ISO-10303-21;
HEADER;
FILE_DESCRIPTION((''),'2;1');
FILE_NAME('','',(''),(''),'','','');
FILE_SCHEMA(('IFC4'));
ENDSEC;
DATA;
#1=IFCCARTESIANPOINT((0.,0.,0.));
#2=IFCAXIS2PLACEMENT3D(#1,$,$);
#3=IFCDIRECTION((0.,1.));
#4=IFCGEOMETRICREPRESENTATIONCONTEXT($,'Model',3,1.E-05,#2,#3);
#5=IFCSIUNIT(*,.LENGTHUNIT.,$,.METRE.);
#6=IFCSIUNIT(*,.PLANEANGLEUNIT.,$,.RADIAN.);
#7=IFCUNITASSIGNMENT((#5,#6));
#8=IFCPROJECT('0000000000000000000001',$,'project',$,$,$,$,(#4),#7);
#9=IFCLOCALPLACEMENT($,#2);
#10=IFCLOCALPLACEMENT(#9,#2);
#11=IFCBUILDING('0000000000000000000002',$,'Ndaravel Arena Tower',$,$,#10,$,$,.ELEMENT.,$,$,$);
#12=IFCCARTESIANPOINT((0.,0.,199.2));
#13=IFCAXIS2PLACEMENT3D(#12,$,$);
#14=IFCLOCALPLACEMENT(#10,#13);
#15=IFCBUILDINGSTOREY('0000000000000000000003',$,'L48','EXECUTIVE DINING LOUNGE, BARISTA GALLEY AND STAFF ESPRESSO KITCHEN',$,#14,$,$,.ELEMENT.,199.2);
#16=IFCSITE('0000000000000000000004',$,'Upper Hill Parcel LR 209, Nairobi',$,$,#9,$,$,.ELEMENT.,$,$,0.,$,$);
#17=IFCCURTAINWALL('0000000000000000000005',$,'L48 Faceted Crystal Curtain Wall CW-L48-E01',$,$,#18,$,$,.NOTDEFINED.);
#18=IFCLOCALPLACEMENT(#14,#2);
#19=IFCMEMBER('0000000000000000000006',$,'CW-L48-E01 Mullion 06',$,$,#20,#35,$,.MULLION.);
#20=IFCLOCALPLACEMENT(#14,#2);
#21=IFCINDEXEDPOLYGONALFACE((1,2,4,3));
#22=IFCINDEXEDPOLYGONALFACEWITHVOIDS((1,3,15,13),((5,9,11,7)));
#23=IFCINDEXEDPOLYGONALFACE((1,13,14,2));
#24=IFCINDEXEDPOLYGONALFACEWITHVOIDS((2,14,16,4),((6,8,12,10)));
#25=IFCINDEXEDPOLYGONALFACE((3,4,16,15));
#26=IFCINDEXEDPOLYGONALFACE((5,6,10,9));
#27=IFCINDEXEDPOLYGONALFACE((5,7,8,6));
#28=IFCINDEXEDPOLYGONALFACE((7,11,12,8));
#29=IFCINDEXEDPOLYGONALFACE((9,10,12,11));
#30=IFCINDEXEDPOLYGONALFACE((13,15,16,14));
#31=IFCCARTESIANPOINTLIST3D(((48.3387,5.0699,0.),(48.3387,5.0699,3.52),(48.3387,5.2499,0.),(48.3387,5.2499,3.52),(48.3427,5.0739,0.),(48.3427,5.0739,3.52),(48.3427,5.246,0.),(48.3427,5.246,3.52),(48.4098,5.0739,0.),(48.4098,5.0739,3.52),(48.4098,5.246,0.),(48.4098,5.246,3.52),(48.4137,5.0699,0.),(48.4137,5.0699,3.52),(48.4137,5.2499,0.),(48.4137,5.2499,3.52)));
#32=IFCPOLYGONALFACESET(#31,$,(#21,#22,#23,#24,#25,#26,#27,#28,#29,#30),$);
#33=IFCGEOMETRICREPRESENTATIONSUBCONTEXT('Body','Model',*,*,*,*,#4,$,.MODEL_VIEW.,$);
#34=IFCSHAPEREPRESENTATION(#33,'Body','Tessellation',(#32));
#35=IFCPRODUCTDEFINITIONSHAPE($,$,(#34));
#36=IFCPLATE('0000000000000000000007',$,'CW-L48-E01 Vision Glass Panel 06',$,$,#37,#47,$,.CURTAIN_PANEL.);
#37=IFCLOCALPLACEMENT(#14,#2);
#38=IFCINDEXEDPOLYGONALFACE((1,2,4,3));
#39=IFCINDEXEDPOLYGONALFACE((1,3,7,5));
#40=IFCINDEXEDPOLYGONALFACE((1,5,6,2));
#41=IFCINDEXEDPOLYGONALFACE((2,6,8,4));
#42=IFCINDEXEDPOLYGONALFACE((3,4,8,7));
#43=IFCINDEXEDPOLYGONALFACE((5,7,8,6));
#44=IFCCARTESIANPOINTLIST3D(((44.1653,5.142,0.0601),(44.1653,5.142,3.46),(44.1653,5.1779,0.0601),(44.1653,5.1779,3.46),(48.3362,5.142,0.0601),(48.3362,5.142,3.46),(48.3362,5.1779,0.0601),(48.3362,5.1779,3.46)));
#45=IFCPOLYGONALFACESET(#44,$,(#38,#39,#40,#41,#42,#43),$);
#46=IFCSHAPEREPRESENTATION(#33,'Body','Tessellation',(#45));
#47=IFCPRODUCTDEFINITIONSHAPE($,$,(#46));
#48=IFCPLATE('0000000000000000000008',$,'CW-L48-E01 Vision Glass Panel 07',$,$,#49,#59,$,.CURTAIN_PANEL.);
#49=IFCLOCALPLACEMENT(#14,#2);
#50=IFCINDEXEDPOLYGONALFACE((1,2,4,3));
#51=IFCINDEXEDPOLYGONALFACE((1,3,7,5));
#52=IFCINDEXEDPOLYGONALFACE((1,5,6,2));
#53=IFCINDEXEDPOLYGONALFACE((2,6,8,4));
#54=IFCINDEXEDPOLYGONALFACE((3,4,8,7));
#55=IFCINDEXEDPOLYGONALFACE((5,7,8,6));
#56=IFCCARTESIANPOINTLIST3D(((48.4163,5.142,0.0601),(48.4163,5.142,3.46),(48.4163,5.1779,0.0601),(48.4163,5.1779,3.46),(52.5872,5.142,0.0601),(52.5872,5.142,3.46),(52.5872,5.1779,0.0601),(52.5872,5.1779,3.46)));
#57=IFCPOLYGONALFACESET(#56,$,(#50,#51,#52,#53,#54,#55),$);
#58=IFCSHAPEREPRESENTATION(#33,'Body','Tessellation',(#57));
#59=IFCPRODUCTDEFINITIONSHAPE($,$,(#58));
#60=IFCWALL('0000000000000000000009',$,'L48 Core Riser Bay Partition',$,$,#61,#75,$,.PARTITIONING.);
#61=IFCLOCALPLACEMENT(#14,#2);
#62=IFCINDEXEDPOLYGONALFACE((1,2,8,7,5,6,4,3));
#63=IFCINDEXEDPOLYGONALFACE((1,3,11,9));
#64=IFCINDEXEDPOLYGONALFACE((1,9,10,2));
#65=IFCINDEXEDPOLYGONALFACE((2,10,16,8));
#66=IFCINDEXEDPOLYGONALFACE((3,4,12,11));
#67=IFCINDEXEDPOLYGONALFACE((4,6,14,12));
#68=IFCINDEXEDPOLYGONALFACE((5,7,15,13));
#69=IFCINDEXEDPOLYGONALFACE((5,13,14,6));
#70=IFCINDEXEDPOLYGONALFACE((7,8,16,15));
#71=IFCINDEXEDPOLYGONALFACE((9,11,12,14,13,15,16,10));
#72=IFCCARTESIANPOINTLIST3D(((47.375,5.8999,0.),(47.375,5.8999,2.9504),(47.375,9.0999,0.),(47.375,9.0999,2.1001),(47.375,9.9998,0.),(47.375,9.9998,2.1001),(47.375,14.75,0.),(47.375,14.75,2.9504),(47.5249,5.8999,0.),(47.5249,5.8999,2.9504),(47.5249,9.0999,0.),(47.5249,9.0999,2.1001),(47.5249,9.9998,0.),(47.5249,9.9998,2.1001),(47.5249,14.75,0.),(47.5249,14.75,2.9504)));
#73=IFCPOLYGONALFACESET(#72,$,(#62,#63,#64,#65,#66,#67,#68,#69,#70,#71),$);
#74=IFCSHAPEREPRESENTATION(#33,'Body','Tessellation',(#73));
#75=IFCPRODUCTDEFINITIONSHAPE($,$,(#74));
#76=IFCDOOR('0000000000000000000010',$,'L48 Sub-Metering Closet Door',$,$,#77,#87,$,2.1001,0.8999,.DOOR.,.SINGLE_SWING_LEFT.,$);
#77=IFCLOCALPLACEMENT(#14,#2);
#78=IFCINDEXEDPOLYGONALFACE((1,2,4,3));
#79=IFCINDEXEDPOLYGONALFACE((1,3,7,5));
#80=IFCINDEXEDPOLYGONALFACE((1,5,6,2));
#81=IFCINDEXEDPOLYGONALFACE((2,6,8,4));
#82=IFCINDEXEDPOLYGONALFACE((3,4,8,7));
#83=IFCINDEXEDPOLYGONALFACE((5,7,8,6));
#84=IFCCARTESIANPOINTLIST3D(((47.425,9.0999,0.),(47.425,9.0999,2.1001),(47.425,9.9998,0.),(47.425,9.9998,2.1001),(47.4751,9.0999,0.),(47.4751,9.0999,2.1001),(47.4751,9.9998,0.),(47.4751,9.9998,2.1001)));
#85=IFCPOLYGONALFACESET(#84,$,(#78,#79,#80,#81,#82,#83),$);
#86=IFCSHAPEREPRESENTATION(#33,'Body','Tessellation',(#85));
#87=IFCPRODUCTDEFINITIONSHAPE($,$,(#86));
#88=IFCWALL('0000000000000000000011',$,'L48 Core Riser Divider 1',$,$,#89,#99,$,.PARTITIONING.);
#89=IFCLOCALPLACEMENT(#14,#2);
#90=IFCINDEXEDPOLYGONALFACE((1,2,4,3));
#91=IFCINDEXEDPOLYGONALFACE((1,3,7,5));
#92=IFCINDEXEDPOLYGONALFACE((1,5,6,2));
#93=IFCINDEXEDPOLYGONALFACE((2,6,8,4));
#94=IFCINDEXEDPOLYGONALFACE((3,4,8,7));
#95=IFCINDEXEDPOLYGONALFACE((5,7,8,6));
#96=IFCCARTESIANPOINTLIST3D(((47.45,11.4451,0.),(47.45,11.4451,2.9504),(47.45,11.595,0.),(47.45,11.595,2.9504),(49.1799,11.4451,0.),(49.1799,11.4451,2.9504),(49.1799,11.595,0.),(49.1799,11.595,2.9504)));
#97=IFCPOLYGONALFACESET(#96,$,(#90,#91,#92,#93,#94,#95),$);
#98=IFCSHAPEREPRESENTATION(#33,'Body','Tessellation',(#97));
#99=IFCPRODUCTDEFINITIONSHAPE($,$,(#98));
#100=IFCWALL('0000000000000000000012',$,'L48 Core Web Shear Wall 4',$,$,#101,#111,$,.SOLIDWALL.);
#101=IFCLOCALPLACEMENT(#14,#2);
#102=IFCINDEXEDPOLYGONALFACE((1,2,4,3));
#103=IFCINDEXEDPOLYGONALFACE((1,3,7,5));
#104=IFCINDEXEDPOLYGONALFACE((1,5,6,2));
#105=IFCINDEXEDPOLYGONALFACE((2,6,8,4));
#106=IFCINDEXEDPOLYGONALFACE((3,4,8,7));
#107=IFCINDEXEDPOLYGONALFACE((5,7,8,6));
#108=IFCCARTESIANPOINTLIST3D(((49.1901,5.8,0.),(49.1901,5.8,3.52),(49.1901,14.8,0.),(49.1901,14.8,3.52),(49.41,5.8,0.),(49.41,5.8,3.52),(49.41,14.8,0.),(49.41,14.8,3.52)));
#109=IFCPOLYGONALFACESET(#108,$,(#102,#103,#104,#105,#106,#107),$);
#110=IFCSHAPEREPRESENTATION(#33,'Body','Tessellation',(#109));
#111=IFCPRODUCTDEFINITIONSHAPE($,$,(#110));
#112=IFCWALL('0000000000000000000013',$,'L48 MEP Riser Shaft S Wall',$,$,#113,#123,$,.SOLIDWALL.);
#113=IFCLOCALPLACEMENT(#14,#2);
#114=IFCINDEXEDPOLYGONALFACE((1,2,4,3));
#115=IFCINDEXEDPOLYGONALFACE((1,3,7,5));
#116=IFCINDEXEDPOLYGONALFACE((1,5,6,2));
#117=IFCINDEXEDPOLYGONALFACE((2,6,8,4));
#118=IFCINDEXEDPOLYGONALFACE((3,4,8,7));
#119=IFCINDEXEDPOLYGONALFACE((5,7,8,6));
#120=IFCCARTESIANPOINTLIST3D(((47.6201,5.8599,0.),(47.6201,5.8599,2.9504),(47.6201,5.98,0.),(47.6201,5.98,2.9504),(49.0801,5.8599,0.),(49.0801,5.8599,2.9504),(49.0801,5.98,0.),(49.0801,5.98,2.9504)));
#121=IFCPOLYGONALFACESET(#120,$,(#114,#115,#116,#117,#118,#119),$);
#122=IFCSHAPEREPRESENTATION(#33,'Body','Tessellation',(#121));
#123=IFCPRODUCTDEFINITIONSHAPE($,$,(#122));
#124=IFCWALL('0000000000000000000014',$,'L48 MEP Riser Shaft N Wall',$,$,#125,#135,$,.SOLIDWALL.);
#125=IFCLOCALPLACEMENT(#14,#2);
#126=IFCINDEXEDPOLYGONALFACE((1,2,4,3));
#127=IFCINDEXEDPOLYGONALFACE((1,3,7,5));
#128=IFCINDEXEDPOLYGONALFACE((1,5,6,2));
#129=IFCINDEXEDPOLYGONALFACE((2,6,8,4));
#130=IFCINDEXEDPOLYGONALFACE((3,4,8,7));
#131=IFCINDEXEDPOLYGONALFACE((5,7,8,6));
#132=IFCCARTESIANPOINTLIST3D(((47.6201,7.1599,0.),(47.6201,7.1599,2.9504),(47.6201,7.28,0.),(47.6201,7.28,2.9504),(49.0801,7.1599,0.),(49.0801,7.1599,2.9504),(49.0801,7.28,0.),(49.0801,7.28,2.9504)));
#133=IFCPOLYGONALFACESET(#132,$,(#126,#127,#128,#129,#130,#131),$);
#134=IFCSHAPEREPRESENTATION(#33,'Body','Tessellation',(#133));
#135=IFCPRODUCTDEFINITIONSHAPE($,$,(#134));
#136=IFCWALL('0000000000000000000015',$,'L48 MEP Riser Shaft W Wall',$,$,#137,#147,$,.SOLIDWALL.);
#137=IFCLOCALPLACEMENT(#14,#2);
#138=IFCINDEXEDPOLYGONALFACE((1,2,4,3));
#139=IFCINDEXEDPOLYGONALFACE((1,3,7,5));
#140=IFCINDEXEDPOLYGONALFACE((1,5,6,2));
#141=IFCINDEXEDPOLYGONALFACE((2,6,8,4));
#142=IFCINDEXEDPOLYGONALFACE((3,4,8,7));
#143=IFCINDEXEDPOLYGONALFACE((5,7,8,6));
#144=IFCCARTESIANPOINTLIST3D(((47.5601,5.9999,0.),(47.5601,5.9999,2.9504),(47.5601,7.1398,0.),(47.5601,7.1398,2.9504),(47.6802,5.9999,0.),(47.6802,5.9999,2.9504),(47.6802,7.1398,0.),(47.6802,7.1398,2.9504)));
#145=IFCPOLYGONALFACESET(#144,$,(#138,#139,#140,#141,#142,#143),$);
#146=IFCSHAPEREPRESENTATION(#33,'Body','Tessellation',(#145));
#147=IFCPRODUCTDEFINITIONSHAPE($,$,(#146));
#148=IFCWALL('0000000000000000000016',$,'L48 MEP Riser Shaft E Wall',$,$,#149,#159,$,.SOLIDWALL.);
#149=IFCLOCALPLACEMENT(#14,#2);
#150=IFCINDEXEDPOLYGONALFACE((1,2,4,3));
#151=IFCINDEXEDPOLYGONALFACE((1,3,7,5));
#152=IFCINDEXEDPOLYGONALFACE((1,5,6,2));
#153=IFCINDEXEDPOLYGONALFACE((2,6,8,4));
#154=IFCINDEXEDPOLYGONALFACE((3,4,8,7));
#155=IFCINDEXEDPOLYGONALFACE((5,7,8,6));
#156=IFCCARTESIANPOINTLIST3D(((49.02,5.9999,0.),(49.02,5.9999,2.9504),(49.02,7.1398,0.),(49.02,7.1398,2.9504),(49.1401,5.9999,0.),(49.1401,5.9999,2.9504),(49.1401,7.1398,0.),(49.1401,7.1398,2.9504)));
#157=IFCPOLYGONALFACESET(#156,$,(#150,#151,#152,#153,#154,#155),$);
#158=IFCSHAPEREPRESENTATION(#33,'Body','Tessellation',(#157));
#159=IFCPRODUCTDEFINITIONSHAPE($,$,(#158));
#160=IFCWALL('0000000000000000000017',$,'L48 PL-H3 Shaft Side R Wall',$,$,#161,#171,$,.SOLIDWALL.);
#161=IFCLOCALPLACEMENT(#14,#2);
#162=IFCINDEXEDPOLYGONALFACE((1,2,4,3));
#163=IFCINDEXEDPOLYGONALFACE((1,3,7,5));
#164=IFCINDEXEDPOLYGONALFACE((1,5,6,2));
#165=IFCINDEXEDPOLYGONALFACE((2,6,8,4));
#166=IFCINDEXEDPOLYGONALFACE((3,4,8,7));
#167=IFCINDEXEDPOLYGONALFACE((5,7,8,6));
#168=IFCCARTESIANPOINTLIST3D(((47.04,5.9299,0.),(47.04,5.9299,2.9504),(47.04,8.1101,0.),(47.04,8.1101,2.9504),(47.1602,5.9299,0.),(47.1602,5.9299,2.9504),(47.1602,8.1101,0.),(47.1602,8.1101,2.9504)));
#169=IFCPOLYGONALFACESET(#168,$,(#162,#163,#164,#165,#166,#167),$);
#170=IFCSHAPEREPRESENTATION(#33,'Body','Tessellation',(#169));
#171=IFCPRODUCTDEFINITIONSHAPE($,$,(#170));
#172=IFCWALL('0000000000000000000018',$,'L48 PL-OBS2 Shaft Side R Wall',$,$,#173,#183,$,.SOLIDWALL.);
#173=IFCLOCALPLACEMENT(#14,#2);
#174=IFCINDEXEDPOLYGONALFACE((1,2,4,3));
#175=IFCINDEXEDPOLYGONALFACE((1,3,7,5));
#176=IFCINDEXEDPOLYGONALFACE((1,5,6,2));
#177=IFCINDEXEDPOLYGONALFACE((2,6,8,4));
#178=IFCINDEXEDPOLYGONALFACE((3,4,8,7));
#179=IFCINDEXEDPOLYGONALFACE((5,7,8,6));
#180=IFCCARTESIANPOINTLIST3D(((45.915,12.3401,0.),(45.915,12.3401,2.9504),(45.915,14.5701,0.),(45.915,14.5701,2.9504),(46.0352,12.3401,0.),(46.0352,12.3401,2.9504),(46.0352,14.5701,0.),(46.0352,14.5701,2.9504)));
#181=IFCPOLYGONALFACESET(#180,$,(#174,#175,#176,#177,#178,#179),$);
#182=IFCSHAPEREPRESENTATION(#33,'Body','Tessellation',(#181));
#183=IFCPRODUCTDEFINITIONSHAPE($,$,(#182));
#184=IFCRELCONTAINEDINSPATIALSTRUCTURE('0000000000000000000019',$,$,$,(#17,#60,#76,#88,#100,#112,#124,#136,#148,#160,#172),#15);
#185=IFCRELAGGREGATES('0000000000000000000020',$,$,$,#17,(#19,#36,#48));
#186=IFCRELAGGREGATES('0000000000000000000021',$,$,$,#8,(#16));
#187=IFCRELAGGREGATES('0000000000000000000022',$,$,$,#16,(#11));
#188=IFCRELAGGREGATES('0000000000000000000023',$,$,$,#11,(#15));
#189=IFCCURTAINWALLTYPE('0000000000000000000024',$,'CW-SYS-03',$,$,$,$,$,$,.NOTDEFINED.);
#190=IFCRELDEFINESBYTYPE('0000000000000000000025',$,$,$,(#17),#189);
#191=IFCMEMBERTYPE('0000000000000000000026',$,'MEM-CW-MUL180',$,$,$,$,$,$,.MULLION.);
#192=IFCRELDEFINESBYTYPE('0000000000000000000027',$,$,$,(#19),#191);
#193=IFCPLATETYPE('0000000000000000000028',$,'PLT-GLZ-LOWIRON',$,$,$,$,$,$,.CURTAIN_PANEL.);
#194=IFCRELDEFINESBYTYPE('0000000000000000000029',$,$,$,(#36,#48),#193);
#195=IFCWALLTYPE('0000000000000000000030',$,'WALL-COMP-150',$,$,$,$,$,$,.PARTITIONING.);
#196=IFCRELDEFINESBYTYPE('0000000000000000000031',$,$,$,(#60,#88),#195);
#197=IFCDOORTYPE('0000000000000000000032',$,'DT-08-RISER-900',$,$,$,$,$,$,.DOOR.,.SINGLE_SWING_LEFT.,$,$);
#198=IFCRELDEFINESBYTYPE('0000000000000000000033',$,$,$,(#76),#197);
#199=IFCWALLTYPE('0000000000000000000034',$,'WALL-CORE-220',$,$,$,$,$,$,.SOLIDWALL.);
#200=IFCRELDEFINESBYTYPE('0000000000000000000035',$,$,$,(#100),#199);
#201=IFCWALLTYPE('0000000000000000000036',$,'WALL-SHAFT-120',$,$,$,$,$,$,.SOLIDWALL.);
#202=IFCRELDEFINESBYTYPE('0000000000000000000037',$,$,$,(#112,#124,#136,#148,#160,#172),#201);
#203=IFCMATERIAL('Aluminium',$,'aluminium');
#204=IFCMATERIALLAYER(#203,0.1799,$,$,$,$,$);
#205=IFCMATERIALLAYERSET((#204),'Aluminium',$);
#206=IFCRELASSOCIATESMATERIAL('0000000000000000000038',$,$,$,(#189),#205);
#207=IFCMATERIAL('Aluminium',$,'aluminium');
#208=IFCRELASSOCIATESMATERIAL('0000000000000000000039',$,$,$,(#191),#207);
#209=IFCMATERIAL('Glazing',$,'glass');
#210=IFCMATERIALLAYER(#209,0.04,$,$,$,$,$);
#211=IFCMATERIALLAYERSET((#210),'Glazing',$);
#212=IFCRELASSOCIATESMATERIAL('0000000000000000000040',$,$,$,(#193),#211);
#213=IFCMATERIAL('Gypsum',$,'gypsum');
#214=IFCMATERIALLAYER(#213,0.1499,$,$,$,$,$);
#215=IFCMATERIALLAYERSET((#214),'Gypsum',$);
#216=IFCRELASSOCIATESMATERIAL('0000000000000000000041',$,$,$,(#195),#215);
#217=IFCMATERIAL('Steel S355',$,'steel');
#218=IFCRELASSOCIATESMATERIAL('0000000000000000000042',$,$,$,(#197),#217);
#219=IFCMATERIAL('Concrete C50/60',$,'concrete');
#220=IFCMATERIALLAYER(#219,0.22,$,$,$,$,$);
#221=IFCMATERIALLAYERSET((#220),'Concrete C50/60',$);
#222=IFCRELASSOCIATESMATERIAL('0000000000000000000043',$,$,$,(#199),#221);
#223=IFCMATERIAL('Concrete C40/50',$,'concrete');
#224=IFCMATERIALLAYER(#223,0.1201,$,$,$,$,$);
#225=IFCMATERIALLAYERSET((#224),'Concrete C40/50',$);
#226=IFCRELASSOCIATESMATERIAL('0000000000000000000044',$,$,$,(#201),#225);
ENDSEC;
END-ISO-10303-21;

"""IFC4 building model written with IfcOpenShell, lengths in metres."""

from ifc_helpers import new_model, si_unit, direction, frame, frame_2d, origin, origin_2d, place, context, subcontext, project, spatial, rectangle, hollow_rectangle, extrude, material, layer, layer_set, material_profile, profile_set, type_object, element, fill, aggregate, save


model = new_model("IFC4")

# Units and contexts
model_context = context("Model", 3, precision=1e-05, world=origin(), true_north=direction((0.0, 1.0)))
body_context = subcontext(model_context, "Body", "Model", "MODEL_VIEW")
ifc_project = project(units=[si_unit("LENGTHUNIT", "METRE"), si_unit("PLANEANGLEUNIT", "RADIAN")], contexts=[model_context])

# Site, building, storey
site_placement = place(None, origin())
site = spatial("IfcSite", under=ifc_project, at=site_placement, Name="Upper Hill Parcel LR 209, Nairobi", CompositionType="ELEMENT", RefElevation=0.0)
building_placement = place(site_placement, origin())
building = spatial("IfcBuilding", under=site, at=building_placement, Name="Ndaravel Arena Tower", CompositionType="ELEMENT")
storey_placement = place(building_placement, frame((0.0, 0.0, 199.2)))
storey = spatial("IfcBuildingStorey", under=building, at=storey_placement, Name="L48", Description="EXECUTIVE DINING LOUNGE, BARISTA GALLEY AND STAFF ESPRESSO KITCHEN", CompositionType="ELEMENT", Elevation=199.2)

# Curtain wall, member, plates
ifc_material_1 = material(Name="Aluminium", Category="aluminium")
ifc_layer_1 = layer(ifc_material_1, 0.1799)
ifc_layer_set_1 = layer_set([ifc_layer_1], Name="Aluminium")
curtain_wall_type = type_object("IfcCurtainWallType", Name="CW-SYS-03", PredefinedType="NOTDEFINED", material=ifc_layer_set_1)
curtain_wall_placement = place(storey_placement, origin())
curtain_wall = element("IfcCurtainWall", 1, at=curtain_wall_placement, inside=storey, type_object=curtain_wall_type, Name="L48 Faceted Crystal Curtain Wall CW-L48-E01", PredefinedType="NOTDEFINED")
ifc_material_2 = material(Name="Aluminium", Category="aluminium")
ifc_material_profile = material_profile(ifc_material_2, hollow_rectangle(XDim=0.075, YDim=0.1799, WallThickness=0.0039, at=origin_2d()), Name="CW MULLION 75x180x4")
ifc_profile_set = profile_set([ifc_material_profile], Name="Aluminium")
member_type = type_object("IfcMemberType", Name="MEM-CW-MUL180", PredefinedType="MULLION", material=ifc_profile_set)
member_placement = place(storey_placement, frame((48.3762, 5.1599, 0.0), z_axis=(0.0, 0.0, 1.0), x_axis=(1.0, 0.0, 0.0)))
member = element("IfcMember", 2, at=member_placement, type_object=member_type, Name="CW-L48-E01 Mullion 06", PredefinedType="MULLION", context=body_context, shape_type="SweptSolid", body=[
    extrude(hollow_rectangle(XDim=0.075, YDim=0.1799, WallThickness=0.0039, at=origin_2d()), origin(), (0.0, 0.0, 1.0), 3.52),
])
ifc_material_3 = material(Name="Glazing", Category="glass")
ifc_layer_2 = layer(ifc_material_3, 0.04)
ifc_layer_set_2 = layer_set([ifc_layer_2], Name="Glazing")
plate_type = type_object("IfcPlateType", Name="PLT-GLZ-LOWIRON", PredefinedType="CURTAIN_PANEL", material=ifc_layer_set_2)
plate_1_placement = place(storey_placement, frame((46.2507, 5.1599, 0.0601), z_axis=(0.0, 0.0, 1.0), x_axis=(1.0, 0.0, 0.0)))
plate_1 = element("IfcPlate", 3, at=plate_1_placement, type_object=plate_type, Name="CW-L48-E01 Vision Glass Panel 06", PredefinedType="CURTAIN_PANEL", context=body_context, shape_type="SweptSolid", body=[
    extrude(rectangle(XDim=4.1709, YDim=0.0359, at=origin_2d()), origin(), (0.0, 0.0, 1.0), 3.3999),
])
plate_2_placement = place(storey_placement, frame((50.5017, 5.1599, 0.0601), z_axis=(0.0, 0.0, 1.0), x_axis=(1.0, 0.0, 0.0)))
plate_2 = element("IfcPlate", 4, at=plate_2_placement, type_object=plate_type, Name="CW-L48-E01 Vision Glass Panel 07", PredefinedType="CURTAIN_PANEL", context=body_context, shape_type="SweptSolid", body=[
    extrude(rectangle(XDim=4.1709, YDim=0.0359, at=origin_2d()), origin(), (0.0, 0.0, 1.0), 3.3999),
])
aggregate(curtain_wall, [member, plate_1, plate_2])

# Wall, opening, door
ifc_material_4 = material(Name="Gypsum", Category="gypsum")
ifc_layer_3 = layer(ifc_material_4, 0.1499)
ifc_layer_set_3 = layer_set([ifc_layer_3], Name="Gypsum")
wall_type_1 = type_object("IfcWallType", Name="WALL-COMP-150", PredefinedType="PARTITIONING", material=ifc_layer_set_3)
wall_1_placement = place(storey_placement, frame((47.45, 5.8999, 0.0), z_axis=(0.0, 0.0, 1.0), x_axis=(0.0, 1.0, 0.0)))
wall_1 = element("IfcWall", 5, at=wall_1_placement, inside=storey, type_object=wall_type_1, Name="L48 Core Riser Bay Partition", PredefinedType="PARTITIONING", context=body_context, shape_type="SweptSolid", body=[
    extrude(rectangle(XDim=8.8501, YDim=0.1499, at=frame_2d((4.425, 0.0))), origin(), (0.0, 0.0, 1.0), 2.9504),
])
opening_1_placement = place(wall_1_placement, frame((3.2, 0.0, 0.0)))
opening_1 = element("IfcOpeningElement", 6, at=opening_1_placement, cuts=wall_1, PredefinedType="OPENING", context=body_context, shape_type="SweptSolid", body=[
    extrude(rectangle(XDim=0.8999, YDim=2.1001, at=frame_2d((0.45, 1.05))), frame((0.0, 0.075, 0.0), z_axis=(0.0, -1.0, 0.0), x_axis=(1.0, 0.0, 0.0)), (0.0, 0.0, 1.0), 0.1499),
])
ifc_material_5 = material(Name="Steel S355", Category="steel")
door_type_1 = type_object("IfcDoorType", Name="DT-08-RISER-900", OperationType="SINGLE_SWING_LEFT", PredefinedType="DOOR", material=ifc_material_5)
door_1_placement = place(opening_1_placement, origin())
door_1 = element("IfcDoor", 7, at=door_1_placement, inside=storey, type_object=door_type_1, Name="L48 Sub-Metering Closet Door", OperationType="SINGLE_SWING_LEFT", OverallHeight=2.1001, OverallWidth=0.8999, PredefinedType="DOOR", context=body_context, shape_type="SweptSolid", body=[
    extrude(rectangle(XDim=0.8999, YDim=2.1001, at=frame_2d((0.45, 1.05))), frame((0.0, 0.0249, 0.0), z_axis=(0.0, -1.0, 0.0), x_axis=(1.0, 0.0, 0.0)), (0.0, 0.0, 1.0), 0.05),
])
fill(opening_1, door_1)

# Walls
wall_2_placement = place(storey_placement, frame((47.45, 11.52, 0.0), z_axis=(0.0, 0.0, 1.0), x_axis=(1.0, 0.0, 0.0)))
element("IfcWall", 8, at=wall_2_placement, inside=storey, type_object=wall_type_1, Name="L48 Core Riser Divider 1", PredefinedType="PARTITIONING", context=body_context, shape_type="SweptSolid", body=[
    extrude(rectangle(XDim=1.73, YDim=0.1499, at=frame_2d((0.865, 0.0))), origin(), (0.0, 0.0, 1.0), 2.9504),
])
ifc_material_6 = material(Name="Concrete C50/60", Category="concrete")
ifc_layer_4 = layer(ifc_material_6, 0.22)
ifc_layer_set_4 = layer_set([ifc_layer_4], Name="Concrete C50/60")
wall_type_2 = type_object("IfcWallType", Name="WALL-CORE-220", PredefinedType="SOLIDWALL", material=ifc_layer_set_4)
wall_3_placement = place(storey_placement, frame((49.3, 5.8, 0.0), z_axis=(0.0, 0.0, 1.0), x_axis=(0.0, 1.0, 0.0)))
element("IfcWall", 9, at=wall_3_placement, inside=storey, type_object=wall_type_2, Name="L48 Core Web Shear Wall 4", PredefinedType="SOLIDWALL", context=body_context, shape_type="SweptSolid", body=[
    extrude(rectangle(XDim=9.0, YDim=0.22, at=frame_2d((4.5, 0.0))), origin(), (0.0, 0.0, 1.0), 3.52),
])
ifc_material_7 = material(Name="Concrete C40/50", Category="concrete")
ifc_layer_5 = layer(ifc_material_7, 0.1201)
ifc_layer_set_5 = layer_set([ifc_layer_5], Name="Concrete C40/50")
wall_type_3 = type_object("IfcWallType", Name="WALL-SHAFT-120", PredefinedType="SOLIDWALL", material=ifc_layer_set_5)
for number, where, z_axis, x_axis, name in (
    (10, (47.6201, 5.9199, 0.0), (0.0, 0.0, 1.0), (1.0, 0.0, 0.0), "L48 MEP Riser Shaft S Wall"),
    (11, (47.6201, 7.22, 0.0), (0.0, 0.0, 1.0), (1.0, 0.0, 0.0), "L48 MEP Riser Shaft N Wall"),
):
    element("IfcWall", number, at=place(storey_placement, frame(where, z_axis=z_axis, x_axis=x_axis)), inside=storey, type_object=wall_type_3, Name=name, PredefinedType="SOLIDWALL", context=body_context, shape_type="SweptSolid", body=[
        extrude(rectangle(XDim=1.46, YDim=0.1201, at=frame_2d((0.73, 0.0))), origin(), (0.0, 0.0, 1.0), 2.9504),
    ])
for number, where, z_axis, x_axis, name in (
    (12, (47.6201, 6.0, 0.0), (0.0, 0.0, 1.0), (0.0, 1.0, 0.0), "L48 MEP Riser Shaft W Wall"),
    (13, (49.0801, 6.0, 0.0), (0.0, 0.0, 1.0), (0.0, 1.0, 0.0), "L48 MEP Riser Shaft E Wall"),
):
    element("IfcWall", number, at=place(storey_placement, frame(where, z_axis=z_axis, x_axis=x_axis)), inside=storey, type_object=wall_type_3, Name=name, PredefinedType="SOLIDWALL", context=body_context, shape_type="SweptSolid", body=[
        extrude(rectangle(XDim=1.1399, YDim=0.1201, at=frame_2d((0.5698, 0.0))), origin(), (0.0, 0.0, 1.0), 2.9504),
    ])
wall_4_placement = place(storey_placement, frame((47.1001, 5.9299, 0.0), z_axis=(0.0, 0.0, 1.0), x_axis=(0.0, 1.0, 0.0)))
element("IfcWall", 14, at=wall_4_placement, inside=storey, type_object=wall_type_3, Name="L48 PL-H3 Shaft Side R Wall", PredefinedType="SOLIDWALL", context=body_context, shape_type="SweptSolid", body=[
    extrude(rectangle(XDim=2.1802, YDim=0.1201, at=frame_2d((1.0901, 0.0))), origin(), (0.0, 0.0, 1.0), 2.9504),
])
wall_5_placement = place(storey_placement, frame((45.9751, 12.3401, 0.0), z_axis=(0.0, 0.0, 1.0), x_axis=(0.0, 1.0, 0.0)))
element("IfcWall", 15, at=wall_5_placement, inside=storey, type_object=wall_type_3, Name="L48 PL-OBS2 Shaft Side R Wall", PredefinedType="SOLIDWALL", context=body_context, shape_type="SweptSolid", body=[
    extrude(rectangle(XDim=2.23, YDim=0.1201, at=frame_2d((1.115, 0.0))), origin(), (0.0, 0.0, 1.0), 2.9504),
])

save(model, "model.ifc")
